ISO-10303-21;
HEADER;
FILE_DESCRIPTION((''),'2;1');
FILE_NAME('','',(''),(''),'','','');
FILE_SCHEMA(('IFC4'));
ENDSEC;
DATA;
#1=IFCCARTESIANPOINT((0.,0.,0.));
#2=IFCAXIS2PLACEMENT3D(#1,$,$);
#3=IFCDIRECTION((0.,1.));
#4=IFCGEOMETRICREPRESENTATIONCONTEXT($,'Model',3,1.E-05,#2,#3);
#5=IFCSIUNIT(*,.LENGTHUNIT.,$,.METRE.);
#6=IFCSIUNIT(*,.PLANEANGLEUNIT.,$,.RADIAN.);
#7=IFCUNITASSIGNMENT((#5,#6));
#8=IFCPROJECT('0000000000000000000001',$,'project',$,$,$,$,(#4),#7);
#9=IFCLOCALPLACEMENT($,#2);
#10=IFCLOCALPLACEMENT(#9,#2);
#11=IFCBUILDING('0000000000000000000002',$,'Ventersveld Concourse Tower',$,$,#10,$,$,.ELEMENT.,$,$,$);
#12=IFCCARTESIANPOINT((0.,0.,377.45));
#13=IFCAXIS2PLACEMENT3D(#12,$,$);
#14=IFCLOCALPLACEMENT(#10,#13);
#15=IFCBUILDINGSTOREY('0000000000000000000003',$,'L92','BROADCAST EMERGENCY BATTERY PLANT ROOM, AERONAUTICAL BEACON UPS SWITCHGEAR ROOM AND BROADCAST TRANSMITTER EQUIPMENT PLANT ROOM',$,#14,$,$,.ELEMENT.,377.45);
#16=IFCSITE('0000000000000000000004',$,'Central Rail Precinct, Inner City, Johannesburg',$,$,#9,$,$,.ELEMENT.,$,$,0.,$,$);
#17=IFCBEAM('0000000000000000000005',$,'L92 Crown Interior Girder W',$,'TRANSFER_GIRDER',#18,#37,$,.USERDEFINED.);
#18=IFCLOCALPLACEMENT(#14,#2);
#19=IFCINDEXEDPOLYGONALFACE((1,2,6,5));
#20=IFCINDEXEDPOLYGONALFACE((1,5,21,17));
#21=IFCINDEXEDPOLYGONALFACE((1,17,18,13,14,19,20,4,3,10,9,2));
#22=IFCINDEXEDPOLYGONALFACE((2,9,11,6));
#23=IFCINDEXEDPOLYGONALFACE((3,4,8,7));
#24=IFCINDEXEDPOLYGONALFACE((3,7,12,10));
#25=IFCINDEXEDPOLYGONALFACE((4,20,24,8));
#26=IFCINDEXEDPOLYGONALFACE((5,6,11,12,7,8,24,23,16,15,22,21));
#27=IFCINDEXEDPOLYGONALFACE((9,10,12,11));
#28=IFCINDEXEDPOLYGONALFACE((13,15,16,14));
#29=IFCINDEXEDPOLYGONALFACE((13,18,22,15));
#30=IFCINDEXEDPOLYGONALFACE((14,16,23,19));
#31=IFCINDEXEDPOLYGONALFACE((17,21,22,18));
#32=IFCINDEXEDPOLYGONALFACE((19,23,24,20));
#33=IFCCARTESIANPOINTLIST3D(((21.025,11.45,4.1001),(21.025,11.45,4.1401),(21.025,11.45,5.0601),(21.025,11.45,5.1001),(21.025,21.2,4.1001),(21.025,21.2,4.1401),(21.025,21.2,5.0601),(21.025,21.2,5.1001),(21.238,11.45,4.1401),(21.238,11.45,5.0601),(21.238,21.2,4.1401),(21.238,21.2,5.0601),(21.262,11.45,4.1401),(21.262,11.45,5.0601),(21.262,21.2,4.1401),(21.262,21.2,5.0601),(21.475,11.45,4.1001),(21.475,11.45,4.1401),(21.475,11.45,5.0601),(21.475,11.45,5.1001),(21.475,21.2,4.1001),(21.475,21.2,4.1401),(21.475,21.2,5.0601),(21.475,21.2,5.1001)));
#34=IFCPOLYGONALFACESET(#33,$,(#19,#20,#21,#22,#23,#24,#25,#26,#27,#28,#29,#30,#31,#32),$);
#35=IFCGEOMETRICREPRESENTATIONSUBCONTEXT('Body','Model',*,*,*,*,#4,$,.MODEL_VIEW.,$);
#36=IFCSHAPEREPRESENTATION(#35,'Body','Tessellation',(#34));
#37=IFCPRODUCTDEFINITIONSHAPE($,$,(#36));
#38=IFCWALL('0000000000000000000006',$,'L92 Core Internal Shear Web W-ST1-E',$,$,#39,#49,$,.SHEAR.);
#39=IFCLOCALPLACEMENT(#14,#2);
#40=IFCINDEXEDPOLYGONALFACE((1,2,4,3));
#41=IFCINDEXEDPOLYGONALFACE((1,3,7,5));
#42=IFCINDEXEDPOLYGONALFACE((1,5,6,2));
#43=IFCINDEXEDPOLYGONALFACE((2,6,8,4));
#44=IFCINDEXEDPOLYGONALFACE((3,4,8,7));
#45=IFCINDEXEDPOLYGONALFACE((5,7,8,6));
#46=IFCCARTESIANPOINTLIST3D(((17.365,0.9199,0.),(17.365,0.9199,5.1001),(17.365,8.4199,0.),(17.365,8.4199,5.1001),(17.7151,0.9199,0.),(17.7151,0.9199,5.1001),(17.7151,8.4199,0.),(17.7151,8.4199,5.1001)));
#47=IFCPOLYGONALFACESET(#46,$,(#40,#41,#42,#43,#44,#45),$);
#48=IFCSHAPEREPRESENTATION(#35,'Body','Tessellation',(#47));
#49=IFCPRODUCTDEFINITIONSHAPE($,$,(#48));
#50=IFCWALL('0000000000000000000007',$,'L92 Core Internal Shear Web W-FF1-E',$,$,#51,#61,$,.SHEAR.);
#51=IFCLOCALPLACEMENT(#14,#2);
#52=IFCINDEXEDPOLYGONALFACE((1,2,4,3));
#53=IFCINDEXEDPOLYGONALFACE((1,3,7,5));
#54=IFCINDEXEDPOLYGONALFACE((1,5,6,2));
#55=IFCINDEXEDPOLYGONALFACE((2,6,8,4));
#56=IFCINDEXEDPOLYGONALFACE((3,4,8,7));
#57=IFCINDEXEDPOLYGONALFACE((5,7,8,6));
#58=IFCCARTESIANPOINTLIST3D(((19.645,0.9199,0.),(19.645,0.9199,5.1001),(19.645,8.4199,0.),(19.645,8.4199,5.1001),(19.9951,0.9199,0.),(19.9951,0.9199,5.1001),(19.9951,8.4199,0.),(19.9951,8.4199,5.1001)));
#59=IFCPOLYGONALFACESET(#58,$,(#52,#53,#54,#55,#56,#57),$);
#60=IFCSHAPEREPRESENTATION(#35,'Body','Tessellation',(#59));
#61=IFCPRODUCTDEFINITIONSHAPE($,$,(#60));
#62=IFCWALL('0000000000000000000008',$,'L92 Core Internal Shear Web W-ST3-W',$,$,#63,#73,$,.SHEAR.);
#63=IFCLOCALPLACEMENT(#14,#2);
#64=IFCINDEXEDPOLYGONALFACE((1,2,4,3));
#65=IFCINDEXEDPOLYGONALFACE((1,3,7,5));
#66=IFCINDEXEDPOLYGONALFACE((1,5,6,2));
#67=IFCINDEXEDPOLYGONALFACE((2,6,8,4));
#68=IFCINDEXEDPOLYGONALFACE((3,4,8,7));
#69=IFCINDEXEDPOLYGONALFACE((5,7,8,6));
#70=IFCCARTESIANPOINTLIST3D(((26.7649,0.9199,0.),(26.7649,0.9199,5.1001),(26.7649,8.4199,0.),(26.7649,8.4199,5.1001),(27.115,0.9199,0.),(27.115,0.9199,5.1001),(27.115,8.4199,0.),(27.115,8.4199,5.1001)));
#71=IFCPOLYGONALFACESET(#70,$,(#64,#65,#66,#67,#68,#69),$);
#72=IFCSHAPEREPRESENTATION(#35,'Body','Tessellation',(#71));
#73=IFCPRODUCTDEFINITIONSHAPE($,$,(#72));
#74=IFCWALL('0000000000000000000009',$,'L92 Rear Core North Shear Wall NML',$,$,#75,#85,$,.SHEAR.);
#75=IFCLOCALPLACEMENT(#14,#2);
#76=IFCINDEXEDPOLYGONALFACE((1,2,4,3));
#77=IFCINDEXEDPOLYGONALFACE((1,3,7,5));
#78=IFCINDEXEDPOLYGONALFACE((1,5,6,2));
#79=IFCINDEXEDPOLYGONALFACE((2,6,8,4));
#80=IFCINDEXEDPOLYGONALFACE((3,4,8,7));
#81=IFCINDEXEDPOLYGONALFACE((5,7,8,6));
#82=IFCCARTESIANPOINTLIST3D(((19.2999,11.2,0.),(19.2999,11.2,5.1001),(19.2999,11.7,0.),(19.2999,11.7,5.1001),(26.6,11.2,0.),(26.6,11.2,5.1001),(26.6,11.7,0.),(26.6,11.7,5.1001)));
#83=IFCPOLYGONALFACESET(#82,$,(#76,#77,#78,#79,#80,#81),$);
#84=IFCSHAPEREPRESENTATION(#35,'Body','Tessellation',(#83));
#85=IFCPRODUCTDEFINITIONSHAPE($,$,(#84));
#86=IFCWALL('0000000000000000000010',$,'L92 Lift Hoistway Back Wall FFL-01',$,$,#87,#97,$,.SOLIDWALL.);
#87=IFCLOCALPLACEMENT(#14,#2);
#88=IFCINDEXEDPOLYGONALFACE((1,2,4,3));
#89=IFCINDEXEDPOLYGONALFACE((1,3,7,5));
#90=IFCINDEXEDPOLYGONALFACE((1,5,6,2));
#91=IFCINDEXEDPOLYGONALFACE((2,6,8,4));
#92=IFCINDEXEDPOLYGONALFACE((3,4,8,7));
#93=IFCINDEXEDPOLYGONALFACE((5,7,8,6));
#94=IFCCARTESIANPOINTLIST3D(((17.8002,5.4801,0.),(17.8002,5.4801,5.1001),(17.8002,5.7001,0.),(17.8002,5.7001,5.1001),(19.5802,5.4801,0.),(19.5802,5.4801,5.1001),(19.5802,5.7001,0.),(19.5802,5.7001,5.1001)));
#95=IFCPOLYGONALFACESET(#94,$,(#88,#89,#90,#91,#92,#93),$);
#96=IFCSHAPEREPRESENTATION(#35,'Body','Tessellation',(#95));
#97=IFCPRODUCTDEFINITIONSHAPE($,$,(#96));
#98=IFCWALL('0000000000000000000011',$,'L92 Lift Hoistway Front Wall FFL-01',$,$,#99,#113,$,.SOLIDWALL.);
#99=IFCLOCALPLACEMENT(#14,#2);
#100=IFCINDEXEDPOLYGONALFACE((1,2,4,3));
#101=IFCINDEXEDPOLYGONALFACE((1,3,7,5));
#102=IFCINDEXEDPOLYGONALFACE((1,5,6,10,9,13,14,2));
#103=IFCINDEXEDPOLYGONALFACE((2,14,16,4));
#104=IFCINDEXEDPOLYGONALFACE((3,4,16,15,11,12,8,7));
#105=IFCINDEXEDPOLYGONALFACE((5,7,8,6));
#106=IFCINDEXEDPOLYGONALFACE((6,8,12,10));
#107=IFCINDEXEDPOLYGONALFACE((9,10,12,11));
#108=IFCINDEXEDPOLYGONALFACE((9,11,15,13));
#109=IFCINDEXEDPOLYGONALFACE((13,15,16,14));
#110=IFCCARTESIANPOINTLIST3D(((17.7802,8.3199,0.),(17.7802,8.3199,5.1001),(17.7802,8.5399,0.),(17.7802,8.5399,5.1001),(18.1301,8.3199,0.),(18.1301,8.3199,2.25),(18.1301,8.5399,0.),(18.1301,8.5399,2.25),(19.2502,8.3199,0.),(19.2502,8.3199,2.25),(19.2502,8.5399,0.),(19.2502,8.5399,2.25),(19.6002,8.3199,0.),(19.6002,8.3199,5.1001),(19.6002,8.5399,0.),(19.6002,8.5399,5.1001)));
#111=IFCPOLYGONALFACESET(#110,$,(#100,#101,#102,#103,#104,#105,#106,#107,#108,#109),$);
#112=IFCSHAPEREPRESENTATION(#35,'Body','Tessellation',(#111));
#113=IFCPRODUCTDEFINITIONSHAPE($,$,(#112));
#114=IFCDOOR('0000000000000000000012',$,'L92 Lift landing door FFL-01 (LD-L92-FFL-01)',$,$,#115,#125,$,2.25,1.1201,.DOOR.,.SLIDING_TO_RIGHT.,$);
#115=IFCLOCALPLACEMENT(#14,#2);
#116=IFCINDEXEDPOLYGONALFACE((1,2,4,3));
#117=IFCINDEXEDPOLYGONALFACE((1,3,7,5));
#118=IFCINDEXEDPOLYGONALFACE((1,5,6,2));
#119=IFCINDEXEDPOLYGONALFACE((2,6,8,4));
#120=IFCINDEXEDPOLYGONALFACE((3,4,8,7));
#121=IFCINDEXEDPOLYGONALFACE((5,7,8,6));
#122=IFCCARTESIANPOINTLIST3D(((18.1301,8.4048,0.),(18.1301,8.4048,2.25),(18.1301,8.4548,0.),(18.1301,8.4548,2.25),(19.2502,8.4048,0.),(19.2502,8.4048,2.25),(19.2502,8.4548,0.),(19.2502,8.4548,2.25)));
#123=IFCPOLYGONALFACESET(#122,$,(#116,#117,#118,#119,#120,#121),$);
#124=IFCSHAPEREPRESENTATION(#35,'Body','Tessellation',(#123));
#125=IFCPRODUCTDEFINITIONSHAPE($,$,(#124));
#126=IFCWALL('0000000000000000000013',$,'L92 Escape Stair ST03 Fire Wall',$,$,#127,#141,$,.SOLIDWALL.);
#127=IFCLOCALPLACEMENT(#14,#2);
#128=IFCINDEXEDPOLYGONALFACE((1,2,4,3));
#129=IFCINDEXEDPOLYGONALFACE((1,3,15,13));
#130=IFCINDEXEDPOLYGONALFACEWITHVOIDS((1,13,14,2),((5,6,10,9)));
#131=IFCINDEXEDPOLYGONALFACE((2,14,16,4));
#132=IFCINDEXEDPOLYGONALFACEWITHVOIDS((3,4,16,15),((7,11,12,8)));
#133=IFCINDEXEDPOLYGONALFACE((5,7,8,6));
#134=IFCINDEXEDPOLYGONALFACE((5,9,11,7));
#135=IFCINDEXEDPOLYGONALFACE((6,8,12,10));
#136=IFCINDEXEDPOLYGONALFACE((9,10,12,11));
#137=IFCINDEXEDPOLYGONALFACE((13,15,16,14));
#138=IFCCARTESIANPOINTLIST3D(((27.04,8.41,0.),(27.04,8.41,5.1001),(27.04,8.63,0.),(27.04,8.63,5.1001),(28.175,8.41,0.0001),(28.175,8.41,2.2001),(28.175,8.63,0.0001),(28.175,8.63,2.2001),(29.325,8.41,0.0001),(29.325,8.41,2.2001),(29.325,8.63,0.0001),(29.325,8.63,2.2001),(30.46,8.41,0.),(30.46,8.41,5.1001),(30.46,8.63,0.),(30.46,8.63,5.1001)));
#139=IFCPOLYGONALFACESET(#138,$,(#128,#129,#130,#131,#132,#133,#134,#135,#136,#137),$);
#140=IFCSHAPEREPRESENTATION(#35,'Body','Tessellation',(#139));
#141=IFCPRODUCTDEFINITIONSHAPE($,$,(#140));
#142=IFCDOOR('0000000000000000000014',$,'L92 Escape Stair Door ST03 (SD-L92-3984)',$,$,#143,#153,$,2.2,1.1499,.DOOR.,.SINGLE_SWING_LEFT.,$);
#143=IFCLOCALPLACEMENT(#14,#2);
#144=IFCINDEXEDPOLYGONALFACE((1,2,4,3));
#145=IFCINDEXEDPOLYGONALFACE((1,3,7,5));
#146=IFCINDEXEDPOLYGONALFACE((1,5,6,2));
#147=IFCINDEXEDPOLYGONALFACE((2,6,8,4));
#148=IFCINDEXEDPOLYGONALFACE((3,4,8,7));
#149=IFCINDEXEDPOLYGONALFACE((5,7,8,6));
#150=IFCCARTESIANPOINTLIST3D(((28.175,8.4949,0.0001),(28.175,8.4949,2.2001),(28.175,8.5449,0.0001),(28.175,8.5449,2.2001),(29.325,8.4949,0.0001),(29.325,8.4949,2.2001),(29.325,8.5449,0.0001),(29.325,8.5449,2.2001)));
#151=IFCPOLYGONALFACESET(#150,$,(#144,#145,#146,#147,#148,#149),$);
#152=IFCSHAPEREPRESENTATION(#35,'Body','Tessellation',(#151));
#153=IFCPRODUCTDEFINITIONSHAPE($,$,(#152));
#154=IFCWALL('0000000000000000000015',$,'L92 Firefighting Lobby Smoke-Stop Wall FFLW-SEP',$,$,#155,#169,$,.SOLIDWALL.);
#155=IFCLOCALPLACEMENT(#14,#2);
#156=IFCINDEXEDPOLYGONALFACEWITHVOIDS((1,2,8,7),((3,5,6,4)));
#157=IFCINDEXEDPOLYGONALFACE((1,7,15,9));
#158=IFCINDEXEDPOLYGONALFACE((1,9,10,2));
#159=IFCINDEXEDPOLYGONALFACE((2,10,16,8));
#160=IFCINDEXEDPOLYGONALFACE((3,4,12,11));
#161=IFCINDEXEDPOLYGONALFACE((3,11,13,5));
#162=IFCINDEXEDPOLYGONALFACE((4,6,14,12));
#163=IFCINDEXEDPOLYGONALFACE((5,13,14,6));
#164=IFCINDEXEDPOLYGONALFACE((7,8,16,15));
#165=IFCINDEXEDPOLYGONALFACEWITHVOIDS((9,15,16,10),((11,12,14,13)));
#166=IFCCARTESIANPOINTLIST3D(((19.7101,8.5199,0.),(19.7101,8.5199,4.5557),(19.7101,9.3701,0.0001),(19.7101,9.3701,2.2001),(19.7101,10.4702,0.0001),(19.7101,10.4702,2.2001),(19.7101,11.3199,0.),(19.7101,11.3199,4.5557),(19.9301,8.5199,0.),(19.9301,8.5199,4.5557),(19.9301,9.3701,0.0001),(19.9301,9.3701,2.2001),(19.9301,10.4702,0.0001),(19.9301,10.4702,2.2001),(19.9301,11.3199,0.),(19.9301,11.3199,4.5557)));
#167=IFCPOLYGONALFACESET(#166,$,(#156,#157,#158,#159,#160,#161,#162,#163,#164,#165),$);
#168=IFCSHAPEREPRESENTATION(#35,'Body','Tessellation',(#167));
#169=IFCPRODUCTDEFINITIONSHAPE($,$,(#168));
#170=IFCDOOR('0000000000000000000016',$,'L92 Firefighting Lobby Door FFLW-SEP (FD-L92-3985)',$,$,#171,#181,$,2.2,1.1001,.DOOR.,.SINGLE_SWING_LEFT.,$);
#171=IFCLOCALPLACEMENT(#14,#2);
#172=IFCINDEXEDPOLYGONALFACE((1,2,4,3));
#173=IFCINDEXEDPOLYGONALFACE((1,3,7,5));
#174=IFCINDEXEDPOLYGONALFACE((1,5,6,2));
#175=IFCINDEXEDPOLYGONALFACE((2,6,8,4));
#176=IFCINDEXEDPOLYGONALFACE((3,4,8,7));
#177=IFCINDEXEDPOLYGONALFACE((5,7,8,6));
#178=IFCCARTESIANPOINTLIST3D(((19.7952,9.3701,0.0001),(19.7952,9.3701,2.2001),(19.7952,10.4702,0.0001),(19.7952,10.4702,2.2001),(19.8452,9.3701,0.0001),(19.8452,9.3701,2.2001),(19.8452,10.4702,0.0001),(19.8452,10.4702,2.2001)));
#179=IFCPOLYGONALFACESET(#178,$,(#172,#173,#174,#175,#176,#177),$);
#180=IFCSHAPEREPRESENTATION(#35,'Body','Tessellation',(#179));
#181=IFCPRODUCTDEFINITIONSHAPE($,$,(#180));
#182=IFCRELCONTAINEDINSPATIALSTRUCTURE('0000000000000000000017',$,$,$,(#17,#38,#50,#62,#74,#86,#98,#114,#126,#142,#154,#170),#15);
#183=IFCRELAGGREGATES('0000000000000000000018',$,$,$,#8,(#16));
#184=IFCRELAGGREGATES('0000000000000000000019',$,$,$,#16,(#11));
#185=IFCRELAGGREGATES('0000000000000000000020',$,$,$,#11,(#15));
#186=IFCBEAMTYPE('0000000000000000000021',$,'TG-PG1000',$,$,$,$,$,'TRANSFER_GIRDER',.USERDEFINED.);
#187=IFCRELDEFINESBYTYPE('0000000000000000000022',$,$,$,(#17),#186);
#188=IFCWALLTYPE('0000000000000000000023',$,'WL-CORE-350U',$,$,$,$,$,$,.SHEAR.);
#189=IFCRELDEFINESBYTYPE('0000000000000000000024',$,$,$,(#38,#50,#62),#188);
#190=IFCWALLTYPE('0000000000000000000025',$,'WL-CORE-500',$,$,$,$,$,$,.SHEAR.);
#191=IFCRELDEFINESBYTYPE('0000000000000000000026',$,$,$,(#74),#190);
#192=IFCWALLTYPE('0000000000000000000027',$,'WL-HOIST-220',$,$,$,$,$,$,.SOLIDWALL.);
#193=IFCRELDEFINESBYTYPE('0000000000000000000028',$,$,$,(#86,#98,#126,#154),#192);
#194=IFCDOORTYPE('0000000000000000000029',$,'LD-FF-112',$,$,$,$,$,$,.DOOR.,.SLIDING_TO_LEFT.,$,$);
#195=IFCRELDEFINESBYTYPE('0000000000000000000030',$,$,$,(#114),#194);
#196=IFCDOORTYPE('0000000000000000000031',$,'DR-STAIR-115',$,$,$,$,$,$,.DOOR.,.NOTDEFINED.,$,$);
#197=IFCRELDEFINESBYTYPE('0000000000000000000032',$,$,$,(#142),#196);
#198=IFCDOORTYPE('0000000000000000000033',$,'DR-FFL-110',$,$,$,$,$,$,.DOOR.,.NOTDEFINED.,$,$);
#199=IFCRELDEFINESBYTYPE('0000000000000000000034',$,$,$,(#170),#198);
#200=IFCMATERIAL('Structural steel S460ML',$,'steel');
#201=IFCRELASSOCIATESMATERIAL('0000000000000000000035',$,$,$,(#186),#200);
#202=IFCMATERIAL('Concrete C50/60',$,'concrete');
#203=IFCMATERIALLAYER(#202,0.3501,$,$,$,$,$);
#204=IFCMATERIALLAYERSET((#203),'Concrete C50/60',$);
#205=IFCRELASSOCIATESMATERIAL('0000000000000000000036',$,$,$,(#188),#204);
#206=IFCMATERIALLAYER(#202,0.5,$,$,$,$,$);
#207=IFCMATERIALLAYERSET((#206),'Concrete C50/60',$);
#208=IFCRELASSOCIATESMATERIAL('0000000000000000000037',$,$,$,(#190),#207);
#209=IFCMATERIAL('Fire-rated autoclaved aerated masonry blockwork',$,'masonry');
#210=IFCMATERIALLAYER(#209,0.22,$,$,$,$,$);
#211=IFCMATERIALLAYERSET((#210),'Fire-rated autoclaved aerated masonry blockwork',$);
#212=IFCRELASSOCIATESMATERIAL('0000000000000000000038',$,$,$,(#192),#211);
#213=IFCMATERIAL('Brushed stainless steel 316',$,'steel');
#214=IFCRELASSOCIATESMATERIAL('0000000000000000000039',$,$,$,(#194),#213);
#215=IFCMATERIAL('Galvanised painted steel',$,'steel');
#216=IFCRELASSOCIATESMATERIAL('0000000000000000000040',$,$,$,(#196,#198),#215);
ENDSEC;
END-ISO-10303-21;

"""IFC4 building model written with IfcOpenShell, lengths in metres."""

from ifc_helpers import new_model, si_unit, direction, frame, frame_2d, origin, origin_2d, place, context, subcontext, project, spatial, rectangle, i_section, extrude, material, layer, layer_set, material_profile, profile_set, type_object, element, fill, save


model = new_model("IFC4")

# Units and contexts
model_context = context("Model", 3, precision=1e-05, world=origin(), true_north=direction((0.0, 1.0)))
body_context = subcontext(model_context, "Body", "Model", "MODEL_VIEW")
ifc_project = project(units=[si_unit("LENGTHUNIT", "METRE"), si_unit("PLANEANGLEUNIT", "RADIAN")], contexts=[model_context])

# Site, building, storey
site_placement = place(None, origin())
site = spatial("IfcSite", under=ifc_project, at=site_placement, Name="Central Rail Precinct, Inner City, Johannesburg", CompositionType="ELEMENT", RefElevation=0.0)
building_placement = place(site_placement, origin())
building = spatial("IfcBuilding", under=site, at=building_placement, Name="Ventersveld Concourse Tower", CompositionType="ELEMENT")
storey_placement = place(building_placement, frame((0.0, 0.0, 377.45)))
storey = spatial("IfcBuildingStorey", under=building, at=storey_placement, Name="L92", Description="BROADCAST EMERGENCY BATTERY PLANT ROOM, AERONAUTICAL BEACON UPS SWITCHGEAR ROOM AND BROADCAST TRANSMITTER EQUIPMENT PLANT ROOM", CompositionType="ELEMENT", Elevation=377.45)

# Beam
ifc_material_1 = material(Name="Concrete C50/60", Category="concrete")
ifc_material_2 = material(Name="Structural steel S460ML", Category="steel")
ifc_material_profile_1 = material_profile(ifc_material_2, i_section(OverallWidth=0.45, OverallDepth=1.0, WebThickness=0.0239, FlangeThickness=0.04, at=origin_2d()), Name="PG 1000x450x40")
ifc_profile_set_1 = profile_set([ifc_material_profile_1], Name="Structural steel S460ML")
beam_type_1 = type_object("IfcBeamType", Name="TG-PG1000", ElementType="TRANSFER_GIRDER", PredefinedType="USERDEFINED", material=ifc_profile_set_1)
beam_1_placement = place(storey_placement, frame((21.25, 11.45, 4.6001), z_axis=(0.0, 1.0, 0.0), x_axis=(-1.0, 0.0, 0.0)))
element("IfcBeam", 1, at=beam_1_placement, inside=storey, type_object=beam_type_1, Name="L92 Crown Interior Girder W", ObjectType="TRANSFER_GIRDER", PredefinedType="USERDEFINED", context=body_context, shape_type="SweptSolid", body=[
    extrude(i_section(OverallWidth=0.45, OverallDepth=1.0, WebThickness=0.0239, FlangeThickness=0.04, at=origin_2d()), origin(), (0.0, 0.0, 1.0), 9.75),
])

# Walls
ifc_layer_1 = layer(ifc_material_1, 0.3501)
ifc_layer_set_1 = layer_set([ifc_layer_1], Name="Concrete C50/60")
wall_type_1 = type_object("IfcWallType", Name="WL-CORE-350U", PredefinedType="SHEAR", material=ifc_layer_set_1)
for number, where, z_axis, x_axis, name in (
    (2, (17.54, 0.9199, 0.0), (0.0, 0.0, 1.0), (0.0, 1.0, 0.0), "L92 Core Internal Shear Web W-ST1-E"),
    (3, (19.8201, 0.9199, 0.0), (0.0, 0.0, 1.0), (0.0, 1.0, 0.0), "L92 Core Internal Shear Web W-FF1-E"),
    (4, (26.9399, 0.9199, 0.0), (0.0, 0.0, 1.0), (0.0, 1.0, 0.0), "L92 Core Internal Shear Web W-ST3-W"),
):
    element("IfcWall", number, at=place(storey_placement, frame(where, z_axis=z_axis, x_axis=x_axis)), inside=storey, type_object=wall_type_1, Name=name, PredefinedType="SHEAR", context=body_context, shape_type="SweptSolid", body=[
        extrude(rectangle(XDim=7.5, YDim=0.3501, at=frame_2d((3.75, 0.0))), origin(), (0.0, 0.0, 1.0), 5.1001),
    ])
ifc_layer_2 = layer(ifc_material_1, 0.5)
ifc_layer_set_2 = layer_set([ifc_layer_2], Name="Concrete C50/60")
wall_type_2 = type_object("IfcWallType", Name="WL-CORE-500", PredefinedType="SHEAR", material=ifc_layer_set_2)
wall_1_placement = place(storey_placement, frame((19.3, 11.45, 0.0), z_axis=(0.0, 0.0, 1.0), x_axis=(1.0, 0.0, 0.0)))
element("IfcWall", 5, at=wall_1_placement, inside=storey, type_object=wall_type_2, Name="L92 Rear Core North Shear Wall NML", PredefinedType="SHEAR", context=body_context, shape_type="SweptSolid", body=[
    extrude(rectangle(XDim=7.3, YDim=0.5, at=frame_2d((3.6499, 0.0))), origin(), (0.0, 0.0, 1.0), 5.1001),
])
ifc_material_3 = material(Name="Fire-rated autoclaved aerated masonry blockwork", Category="masonry")
ifc_layer_3 = layer(ifc_material_3, 0.22)
ifc_layer_set_3 = layer_set([ifc_layer_3], Name="Fire-rated autoclaved aerated masonry blockwork")
wall_type_3 = type_object("IfcWallType", Name="WL-HOIST-220", PredefinedType="SOLIDWALL", material=ifc_layer_set_3)
wall_2_placement = place(storey_placement, frame((17.8, 5.5901, 0.0), z_axis=(0.0, 0.0, 1.0), x_axis=(1.0, 0.0, 0.0)))
element("IfcWall", 6, at=wall_2_placement, inside=storey, type_object=wall_type_3, Name="L92 Lift Hoistway Back Wall FFL-01", PredefinedType="SOLIDWALL", context=body_context, shape_type="SweptSolid", body=[
    extrude(rectangle(XDim=1.78, YDim=0.22, at=frame_2d((0.8901, 0.0))), origin(), (0.0, 0.0, 1.0), 5.1001),
])

# Walls, openings, doors
wall_3_placement = place(storey_placement, frame((17.78, 8.4299, 0.0), z_axis=(0.0, 0.0, 1.0), x_axis=(1.0, 0.0, 0.0)))
wall_3 = element("IfcWall", 7, at=wall_3_placement, inside=storey, type_object=wall_type_3, Name="L92 Lift Hoistway Front Wall FFL-01", PredefinedType="SOLIDWALL", context=body_context, shape_type="SweptSolid", body=[
    extrude(rectangle(XDim=1.8201, YDim=0.22, at=frame_2d((0.9102, 0.0))), origin(), (0.0, 0.0, 1.0), 5.1001),
])
opening_1_placement = place(wall_3_placement, frame((0.3501, 0.0, 0.0)))
opening_1 = element("IfcOpeningElement", 8, at=opening_1_placement, cuts=wall_3, PredefinedType="OPENING", context=body_context, shape_type="SweptSolid", body=[
    extrude(rectangle(XDim=1.1201, YDim=2.25, at=frame_2d((0.5601, 1.125))), frame((0.0, 0.1201, 0.0), z_axis=(0.0, -1.0, 0.0), x_axis=(1.0, 0.0, 0.0)), (0.0, 0.0, 1.0), 0.24),
])
ifc_material_4 = material(Name="Brushed stainless steel 316", Category="steel")
door_type_1 = type_object("IfcDoorType", Name="LD-FF-112", OperationType="SLIDING_TO_LEFT", PredefinedType="DOOR", material=ifc_material_4)
door_1_placement = place(opening_1_placement, origin())
door_1 = element("IfcDoor", 9, at=door_1_placement, inside=storey, type_object=door_type_1, Name="L92 Lift landing door FFL-01 (LD-L92-FFL-01)", OperationType="SLIDING_TO_RIGHT", OverallHeight=2.25, OverallWidth=1.1201, PredefinedType="DOOR", context=body_context, shape_type="SweptSolid", body=[
    extrude(rectangle(XDim=1.1201, YDim=2.25, at=frame_2d((0.5601, 1.125))), frame((0.0, 0.0249, 0.0), z_axis=(0.0, -1.0, 0.0), x_axis=(1.0, 0.0, 0.0)), (0.0, 0.0, 1.0), 0.05),
])
fill(opening_1, door_1)
wall_4_placement = place(storey_placement, frame((27.04, 8.52, 0.0), z_axis=(0.0, 0.0, 1.0), x_axis=(1.0, 0.0, 0.0)))
wall_4 = element("IfcWall", 10, at=wall_4_placement, inside=storey, type_object=wall_type_3, Name="L92 Escape Stair ST03 Fire Wall", PredefinedType="SOLIDWALL", context=body_context, shape_type="SweptSolid", body=[
    extrude(rectangle(XDim=3.4199, YDim=0.22, at=frame_2d((1.71, 0.0))), origin(), (0.0, 0.0, 1.0), 5.1001),
])
opening_2_placement = place(wall_4_placement, frame((1.135, 0.0, 0.0)))
opening_2 = element("IfcOpeningElement", 11, at=opening_2_placement, cuts=wall_4, PredefinedType="OPENING", context=body_context, shape_type="SweptSolid", body=[
    extrude(rectangle(XDim=1.1499, YDim=2.2, at=frame_2d((0.575, 1.1001))), frame((0.0, 0.1201, 0.0), z_axis=(0.0, -1.0, 0.0), x_axis=(1.0, 0.0, 0.0)), (0.0, 0.0, 1.0), 0.24),
])
ifc_material_5 = material(Name="Galvanised painted steel", Category="steel")
door_type_2 = type_object("IfcDoorType", Name="DR-STAIR-115", OperationType="NOTDEFINED", PredefinedType="DOOR", material=ifc_material_5)
door_2_placement = place(opening_2_placement, origin())
door_2 = element("IfcDoor", 12, at=door_2_placement, inside=storey, type_object=door_type_2, Name="L92 Escape Stair Door ST03 (SD-L92-3984)", OperationType="SINGLE_SWING_LEFT", OverallHeight=2.2, OverallWidth=1.1499, PredefinedType="DOOR", context=body_context, shape_type="SweptSolid", body=[
    extrude(rectangle(XDim=1.1499, YDim=2.2, at=frame_2d((0.575, 1.1001))), frame((0.0, 0.0249, 0.0), z_axis=(0.0, -1.0, 0.0), x_axis=(1.0, 0.0, 0.0)), (0.0, 0.0, 1.0), 0.05),
])
fill(opening_2, door_2)
wall_5_placement = place(storey_placement, frame((19.8201, 8.52, 0.0), z_axis=(0.0, 0.0, 1.0), x_axis=(0.0, 1.0, 0.0)))
wall_5 = element("IfcWall", 13, at=wall_5_placement, inside=storey, type_object=wall_type_3, Name="L92 Firefighting Lobby Smoke-Stop Wall FFLW-SEP", PredefinedType="SOLIDWALL", context=body_context, shape_type="SweptSolid", body=[
    extrude(rectangle(XDim=2.8, YDim=0.22, at=frame_2d((1.3999, 0.0))), origin(), (0.0, 0.0, 1.0), 4.5557),
])
opening_3_placement = place(wall_5_placement, frame((0.8501, 0.0, 0.0)))
opening_3 = element("IfcOpeningElement", 14, at=opening_3_placement, cuts=wall_5, PredefinedType="OPENING", context=body_context, shape_type="SweptSolid", body=[
    extrude(rectangle(XDim=1.1001, YDim=2.2, at=frame_2d((0.55, 1.1001))), frame((0.0, 0.1201, 0.0), z_axis=(0.0, -1.0, 0.0), x_axis=(1.0, 0.0, 0.0)), (0.0, 0.0, 1.0), 0.24),
])
door_type_3 = type_object("IfcDoorType", Name="DR-FFL-110", OperationType="NOTDEFINED", PredefinedType="DOOR", material=ifc_material_5)
door_3_placement = place(opening_3_placement, origin())
door_3 = element("IfcDoor", 15, at=door_3_placement, inside=storey, type_object=door_type_3, Name="L92 Firefighting Lobby Door FFLW-SEP (FD-L92-3985)", OperationType="SINGLE_SWING_LEFT", OverallHeight=2.2, OverallWidth=1.1001, PredefinedType="DOOR", context=body_context, shape_type="SweptSolid", body=[
    extrude(rectangle(XDim=1.1001, YDim=2.2, at=frame_2d((0.55, 1.1001))), frame((0.0, 0.0249, 0.0), z_axis=(0.0, -1.0, 0.0), x_axis=(1.0, 0.0, 0.0)), (0.0, 0.0, 1.0), 0.05),
])
fill(opening_3, door_3)

save(model, "model.ifc")
